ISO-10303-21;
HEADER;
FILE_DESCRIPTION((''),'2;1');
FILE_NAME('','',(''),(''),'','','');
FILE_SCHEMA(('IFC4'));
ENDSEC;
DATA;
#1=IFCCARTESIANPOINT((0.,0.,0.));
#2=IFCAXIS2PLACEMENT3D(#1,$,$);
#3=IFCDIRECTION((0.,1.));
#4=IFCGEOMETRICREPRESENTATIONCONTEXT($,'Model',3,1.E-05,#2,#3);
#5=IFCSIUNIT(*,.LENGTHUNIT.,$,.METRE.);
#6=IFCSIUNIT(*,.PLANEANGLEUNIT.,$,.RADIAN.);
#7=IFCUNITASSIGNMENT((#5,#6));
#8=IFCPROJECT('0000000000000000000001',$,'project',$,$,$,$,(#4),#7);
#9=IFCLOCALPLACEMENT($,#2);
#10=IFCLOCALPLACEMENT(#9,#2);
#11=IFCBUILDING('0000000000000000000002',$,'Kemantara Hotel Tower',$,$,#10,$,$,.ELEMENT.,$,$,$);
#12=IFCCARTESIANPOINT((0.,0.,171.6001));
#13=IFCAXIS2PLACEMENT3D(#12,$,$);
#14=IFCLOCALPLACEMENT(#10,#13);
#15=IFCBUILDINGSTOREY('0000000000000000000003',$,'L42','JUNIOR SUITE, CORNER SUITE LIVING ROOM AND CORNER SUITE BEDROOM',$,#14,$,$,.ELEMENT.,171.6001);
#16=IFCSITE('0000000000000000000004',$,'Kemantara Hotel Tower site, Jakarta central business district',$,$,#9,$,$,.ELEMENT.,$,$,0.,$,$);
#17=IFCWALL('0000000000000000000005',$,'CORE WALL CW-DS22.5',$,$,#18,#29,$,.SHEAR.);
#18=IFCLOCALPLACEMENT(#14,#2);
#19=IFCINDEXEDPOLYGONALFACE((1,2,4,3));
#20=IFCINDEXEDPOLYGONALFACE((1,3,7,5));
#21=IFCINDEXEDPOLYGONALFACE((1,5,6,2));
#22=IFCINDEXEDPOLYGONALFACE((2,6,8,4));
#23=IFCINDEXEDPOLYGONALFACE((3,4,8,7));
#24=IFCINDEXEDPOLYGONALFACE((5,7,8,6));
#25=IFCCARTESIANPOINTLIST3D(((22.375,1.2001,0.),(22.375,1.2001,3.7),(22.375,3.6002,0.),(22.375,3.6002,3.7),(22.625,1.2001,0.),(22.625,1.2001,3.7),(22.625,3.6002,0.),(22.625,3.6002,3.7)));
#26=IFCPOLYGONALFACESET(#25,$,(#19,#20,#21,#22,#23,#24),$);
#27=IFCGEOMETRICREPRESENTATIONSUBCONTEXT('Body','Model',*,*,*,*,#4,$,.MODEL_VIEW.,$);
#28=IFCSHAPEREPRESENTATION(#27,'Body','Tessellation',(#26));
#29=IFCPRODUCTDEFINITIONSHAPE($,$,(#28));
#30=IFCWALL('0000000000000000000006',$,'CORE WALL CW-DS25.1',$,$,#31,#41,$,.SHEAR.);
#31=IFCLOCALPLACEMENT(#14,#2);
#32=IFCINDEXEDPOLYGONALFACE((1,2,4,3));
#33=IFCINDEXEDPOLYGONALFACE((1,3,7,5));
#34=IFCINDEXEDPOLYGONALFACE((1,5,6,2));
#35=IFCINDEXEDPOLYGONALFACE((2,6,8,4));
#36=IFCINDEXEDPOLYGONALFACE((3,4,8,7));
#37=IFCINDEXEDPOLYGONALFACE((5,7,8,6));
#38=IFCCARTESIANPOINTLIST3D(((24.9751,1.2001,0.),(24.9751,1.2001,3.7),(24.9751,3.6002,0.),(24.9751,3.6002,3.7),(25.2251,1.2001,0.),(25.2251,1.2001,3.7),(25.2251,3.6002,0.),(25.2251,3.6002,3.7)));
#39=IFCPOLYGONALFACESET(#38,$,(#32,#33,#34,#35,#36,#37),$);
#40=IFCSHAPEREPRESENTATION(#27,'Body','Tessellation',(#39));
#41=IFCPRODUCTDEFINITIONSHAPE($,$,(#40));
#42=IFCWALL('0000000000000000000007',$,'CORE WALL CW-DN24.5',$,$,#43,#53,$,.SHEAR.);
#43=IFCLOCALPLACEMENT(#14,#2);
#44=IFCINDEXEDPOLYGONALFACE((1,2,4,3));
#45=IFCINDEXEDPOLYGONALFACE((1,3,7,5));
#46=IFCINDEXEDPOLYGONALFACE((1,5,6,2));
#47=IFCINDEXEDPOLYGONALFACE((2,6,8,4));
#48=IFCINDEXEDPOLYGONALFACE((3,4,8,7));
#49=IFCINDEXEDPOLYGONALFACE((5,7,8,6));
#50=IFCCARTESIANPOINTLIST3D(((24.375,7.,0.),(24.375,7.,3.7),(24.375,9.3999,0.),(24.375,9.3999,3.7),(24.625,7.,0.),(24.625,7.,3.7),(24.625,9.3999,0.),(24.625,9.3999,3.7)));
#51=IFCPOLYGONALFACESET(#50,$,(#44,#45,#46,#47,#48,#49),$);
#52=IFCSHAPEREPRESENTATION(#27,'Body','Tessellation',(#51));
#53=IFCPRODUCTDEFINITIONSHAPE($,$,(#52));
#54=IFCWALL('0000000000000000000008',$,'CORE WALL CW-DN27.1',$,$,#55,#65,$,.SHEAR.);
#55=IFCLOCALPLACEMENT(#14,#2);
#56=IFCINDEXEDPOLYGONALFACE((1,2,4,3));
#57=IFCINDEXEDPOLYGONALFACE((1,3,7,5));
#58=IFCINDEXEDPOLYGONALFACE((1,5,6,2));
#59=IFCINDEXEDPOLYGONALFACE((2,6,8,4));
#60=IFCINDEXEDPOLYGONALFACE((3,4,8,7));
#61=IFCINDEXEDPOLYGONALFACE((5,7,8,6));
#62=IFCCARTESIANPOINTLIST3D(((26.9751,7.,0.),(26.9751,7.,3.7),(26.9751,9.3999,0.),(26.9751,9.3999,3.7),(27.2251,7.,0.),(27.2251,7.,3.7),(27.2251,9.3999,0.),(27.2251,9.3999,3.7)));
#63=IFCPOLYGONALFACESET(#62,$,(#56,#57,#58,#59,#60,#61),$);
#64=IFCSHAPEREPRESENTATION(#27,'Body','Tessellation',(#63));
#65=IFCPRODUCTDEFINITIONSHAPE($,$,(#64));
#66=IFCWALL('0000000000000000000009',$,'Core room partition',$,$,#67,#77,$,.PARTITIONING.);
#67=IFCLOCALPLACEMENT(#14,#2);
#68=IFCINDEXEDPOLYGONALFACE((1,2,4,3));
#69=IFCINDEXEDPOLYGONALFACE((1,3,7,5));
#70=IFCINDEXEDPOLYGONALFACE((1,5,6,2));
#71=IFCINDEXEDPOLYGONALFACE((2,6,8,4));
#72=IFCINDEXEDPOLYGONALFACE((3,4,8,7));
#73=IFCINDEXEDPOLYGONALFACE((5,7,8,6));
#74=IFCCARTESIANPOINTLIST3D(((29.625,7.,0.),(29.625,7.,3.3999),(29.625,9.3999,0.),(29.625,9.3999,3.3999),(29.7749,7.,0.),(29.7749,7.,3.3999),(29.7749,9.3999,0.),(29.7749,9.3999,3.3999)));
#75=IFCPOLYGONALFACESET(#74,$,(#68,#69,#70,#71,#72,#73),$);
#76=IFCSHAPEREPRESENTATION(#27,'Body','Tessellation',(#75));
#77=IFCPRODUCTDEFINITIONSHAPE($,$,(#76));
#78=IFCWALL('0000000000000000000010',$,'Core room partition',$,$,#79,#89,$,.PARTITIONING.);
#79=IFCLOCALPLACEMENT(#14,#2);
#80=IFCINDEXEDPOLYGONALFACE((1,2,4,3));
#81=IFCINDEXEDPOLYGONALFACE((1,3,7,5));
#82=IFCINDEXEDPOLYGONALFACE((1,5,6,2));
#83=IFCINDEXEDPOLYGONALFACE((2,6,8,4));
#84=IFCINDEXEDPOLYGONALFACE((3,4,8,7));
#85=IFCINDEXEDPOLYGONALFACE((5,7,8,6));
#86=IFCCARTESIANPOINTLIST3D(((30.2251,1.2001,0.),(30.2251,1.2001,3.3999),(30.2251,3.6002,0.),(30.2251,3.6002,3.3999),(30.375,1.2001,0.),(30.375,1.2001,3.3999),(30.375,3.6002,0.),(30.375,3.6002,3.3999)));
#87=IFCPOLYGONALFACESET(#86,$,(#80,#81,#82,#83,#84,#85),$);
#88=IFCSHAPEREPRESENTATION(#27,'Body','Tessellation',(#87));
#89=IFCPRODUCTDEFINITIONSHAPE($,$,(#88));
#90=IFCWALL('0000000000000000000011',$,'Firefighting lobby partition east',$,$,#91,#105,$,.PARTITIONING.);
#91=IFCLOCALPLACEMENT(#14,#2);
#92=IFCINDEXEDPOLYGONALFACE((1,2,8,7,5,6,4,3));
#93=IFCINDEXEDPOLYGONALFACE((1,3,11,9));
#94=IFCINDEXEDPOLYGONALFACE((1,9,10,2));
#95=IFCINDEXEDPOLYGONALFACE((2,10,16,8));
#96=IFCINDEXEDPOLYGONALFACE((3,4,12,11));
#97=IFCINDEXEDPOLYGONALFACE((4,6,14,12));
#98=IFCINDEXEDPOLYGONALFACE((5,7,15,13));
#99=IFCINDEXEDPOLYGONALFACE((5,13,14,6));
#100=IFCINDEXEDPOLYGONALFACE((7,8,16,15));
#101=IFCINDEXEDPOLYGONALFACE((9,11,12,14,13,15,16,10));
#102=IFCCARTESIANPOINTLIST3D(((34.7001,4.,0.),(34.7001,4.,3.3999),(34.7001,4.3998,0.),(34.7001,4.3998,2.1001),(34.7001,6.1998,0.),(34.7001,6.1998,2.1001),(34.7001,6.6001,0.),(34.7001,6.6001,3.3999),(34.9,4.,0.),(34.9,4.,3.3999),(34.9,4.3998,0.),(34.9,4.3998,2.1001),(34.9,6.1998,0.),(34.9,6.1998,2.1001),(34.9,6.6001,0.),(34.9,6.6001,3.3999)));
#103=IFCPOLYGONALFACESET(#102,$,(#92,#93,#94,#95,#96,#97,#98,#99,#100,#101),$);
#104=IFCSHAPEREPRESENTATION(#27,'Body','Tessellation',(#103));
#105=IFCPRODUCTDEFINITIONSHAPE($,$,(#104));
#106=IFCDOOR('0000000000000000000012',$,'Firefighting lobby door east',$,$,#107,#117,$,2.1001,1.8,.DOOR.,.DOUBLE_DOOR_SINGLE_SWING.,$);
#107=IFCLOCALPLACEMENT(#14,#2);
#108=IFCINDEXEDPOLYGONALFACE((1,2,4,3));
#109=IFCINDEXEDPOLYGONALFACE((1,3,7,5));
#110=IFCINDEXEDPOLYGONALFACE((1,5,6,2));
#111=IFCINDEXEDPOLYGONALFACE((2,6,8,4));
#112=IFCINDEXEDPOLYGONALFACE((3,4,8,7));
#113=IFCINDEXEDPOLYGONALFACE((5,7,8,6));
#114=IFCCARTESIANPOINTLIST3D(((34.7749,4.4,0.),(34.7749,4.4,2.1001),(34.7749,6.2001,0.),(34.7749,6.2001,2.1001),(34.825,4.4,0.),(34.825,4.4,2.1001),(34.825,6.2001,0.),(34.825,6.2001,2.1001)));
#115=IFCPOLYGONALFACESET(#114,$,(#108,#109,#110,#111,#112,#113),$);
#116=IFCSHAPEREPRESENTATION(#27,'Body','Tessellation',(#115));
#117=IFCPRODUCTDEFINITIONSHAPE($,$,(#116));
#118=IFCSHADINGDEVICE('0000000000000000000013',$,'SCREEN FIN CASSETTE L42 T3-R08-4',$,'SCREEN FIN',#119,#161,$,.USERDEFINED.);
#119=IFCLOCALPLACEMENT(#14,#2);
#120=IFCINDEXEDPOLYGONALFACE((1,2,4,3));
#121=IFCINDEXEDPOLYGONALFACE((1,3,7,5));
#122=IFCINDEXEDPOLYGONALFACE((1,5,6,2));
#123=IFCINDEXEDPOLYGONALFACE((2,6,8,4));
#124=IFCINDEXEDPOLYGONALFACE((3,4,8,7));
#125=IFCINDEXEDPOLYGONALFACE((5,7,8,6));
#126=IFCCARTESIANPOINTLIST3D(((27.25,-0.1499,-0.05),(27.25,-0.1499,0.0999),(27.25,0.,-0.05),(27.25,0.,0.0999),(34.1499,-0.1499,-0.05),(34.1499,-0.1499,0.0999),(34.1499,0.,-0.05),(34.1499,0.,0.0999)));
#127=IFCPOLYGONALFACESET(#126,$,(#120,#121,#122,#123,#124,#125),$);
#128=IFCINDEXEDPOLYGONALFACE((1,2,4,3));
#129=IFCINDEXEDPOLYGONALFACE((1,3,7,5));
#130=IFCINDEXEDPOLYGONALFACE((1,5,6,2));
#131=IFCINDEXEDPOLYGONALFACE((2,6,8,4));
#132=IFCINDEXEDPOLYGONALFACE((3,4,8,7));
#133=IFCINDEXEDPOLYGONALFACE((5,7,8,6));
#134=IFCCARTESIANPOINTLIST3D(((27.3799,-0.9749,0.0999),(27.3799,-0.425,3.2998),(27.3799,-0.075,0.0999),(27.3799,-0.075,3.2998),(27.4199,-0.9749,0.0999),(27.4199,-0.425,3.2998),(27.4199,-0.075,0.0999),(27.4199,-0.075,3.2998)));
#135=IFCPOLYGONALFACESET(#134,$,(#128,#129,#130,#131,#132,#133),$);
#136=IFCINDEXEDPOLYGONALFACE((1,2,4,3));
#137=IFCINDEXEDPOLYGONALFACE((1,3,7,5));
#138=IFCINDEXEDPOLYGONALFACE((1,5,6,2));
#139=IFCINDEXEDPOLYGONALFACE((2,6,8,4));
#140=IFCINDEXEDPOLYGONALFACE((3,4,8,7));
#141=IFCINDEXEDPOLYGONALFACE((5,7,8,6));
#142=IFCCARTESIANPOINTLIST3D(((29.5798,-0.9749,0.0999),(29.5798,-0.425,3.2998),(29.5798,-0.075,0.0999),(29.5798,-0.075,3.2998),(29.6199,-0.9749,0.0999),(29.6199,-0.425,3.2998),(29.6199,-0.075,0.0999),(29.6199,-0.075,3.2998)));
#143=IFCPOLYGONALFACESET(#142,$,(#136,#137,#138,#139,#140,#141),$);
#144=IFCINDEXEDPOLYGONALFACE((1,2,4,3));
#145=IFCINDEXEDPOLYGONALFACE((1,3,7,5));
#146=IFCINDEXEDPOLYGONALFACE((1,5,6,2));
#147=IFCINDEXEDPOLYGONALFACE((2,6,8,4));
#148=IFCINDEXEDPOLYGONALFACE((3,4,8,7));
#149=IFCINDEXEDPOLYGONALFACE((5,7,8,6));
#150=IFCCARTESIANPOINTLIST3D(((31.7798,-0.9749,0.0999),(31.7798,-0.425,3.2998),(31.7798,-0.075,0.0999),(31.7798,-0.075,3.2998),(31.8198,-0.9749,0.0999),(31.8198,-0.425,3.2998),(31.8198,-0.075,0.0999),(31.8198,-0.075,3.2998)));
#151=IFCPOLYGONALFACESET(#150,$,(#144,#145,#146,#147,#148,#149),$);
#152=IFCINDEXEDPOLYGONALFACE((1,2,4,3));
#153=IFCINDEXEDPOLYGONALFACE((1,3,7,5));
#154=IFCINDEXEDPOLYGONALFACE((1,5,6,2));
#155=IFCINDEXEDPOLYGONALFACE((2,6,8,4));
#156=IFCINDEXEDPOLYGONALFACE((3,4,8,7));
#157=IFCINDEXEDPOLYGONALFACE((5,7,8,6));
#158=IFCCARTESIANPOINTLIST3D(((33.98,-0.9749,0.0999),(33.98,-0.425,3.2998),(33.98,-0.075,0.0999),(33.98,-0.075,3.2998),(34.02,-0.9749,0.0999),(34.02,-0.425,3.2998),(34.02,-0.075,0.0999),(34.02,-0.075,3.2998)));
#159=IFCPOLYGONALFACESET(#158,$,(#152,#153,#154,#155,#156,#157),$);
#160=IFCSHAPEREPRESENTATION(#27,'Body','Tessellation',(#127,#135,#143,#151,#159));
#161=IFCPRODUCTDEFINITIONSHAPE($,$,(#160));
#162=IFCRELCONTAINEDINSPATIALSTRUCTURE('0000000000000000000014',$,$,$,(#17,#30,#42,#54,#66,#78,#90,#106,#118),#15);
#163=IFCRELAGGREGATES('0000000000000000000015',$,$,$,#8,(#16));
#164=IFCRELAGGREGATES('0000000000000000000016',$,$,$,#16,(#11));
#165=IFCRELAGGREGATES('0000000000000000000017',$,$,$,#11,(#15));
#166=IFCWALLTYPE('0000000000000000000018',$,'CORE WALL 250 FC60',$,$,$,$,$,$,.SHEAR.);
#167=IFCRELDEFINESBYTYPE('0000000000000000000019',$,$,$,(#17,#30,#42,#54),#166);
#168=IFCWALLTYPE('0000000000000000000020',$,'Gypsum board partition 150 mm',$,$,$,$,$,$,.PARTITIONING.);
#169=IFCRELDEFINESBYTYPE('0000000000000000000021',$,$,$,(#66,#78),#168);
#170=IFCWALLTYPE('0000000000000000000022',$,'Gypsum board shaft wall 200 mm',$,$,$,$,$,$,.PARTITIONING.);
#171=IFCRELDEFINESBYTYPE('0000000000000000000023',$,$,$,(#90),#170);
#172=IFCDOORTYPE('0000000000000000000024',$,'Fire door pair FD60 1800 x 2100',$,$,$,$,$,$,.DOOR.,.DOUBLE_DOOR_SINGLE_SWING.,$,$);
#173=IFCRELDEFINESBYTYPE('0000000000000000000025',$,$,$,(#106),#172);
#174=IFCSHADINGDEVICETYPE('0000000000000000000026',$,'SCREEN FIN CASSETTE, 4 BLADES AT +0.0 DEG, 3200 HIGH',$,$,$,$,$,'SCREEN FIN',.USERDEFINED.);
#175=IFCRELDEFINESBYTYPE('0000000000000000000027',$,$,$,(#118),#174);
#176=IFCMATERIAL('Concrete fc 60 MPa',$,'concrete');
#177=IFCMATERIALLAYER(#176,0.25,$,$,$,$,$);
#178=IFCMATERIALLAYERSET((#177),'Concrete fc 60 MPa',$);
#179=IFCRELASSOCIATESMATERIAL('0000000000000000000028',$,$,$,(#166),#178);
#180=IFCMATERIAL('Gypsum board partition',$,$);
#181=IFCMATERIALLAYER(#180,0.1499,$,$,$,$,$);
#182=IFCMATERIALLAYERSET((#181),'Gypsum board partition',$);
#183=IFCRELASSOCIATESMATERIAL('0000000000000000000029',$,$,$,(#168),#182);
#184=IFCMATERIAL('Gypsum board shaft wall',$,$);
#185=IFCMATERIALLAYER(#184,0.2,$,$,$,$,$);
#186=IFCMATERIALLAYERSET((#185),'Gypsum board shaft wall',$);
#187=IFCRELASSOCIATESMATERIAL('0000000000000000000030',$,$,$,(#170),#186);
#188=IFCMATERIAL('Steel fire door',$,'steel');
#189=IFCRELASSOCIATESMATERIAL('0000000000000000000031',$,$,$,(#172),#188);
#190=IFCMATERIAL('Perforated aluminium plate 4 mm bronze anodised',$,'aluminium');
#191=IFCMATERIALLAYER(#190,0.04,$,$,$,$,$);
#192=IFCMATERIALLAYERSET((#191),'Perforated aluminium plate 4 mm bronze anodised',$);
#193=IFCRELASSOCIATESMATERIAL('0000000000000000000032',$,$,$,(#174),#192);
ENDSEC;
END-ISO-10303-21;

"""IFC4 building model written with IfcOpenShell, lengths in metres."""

from ifc_helpers import new_model, si_unit, direction, frame, frame_2d, origin, origin_2d, place, context, subcontext, project, spatial, polyline, rectangle, outline, extrude, source, transform, mapped, material, layer, layer_set, type_object, element, fill, save


model = new_model("IFC4")

# Units and contexts
model_context = context("Model", 3, precision=1e-05, world=origin(), true_north=direction((0.0, 1.0)))
body_context = subcontext(model_context, "Body", "Model", "MODEL_VIEW")
ifc_project = project(units=[si_unit("LENGTHUNIT", "METRE"), si_unit("PLANEANGLEUNIT", "RADIAN")], contexts=[model_context])

# Site, building, storey
site_placement = place(None, origin())
site = spatial("IfcSite", under=ifc_project, at=site_placement, Name="Kemantara Hotel Tower site, Jakarta central business district", CompositionType="ELEMENT", RefElevation=0.0)
building_placement = place(site_placement, origin())
building = spatial("IfcBuilding", under=site, at=building_placement, Name="Kemantara Hotel Tower", CompositionType="ELEMENT")
storey_placement = place(building_placement, frame((0.0, 0.0, 171.6001)))
storey = spatial("IfcBuildingStorey", under=building, at=storey_placement, Name="L42", Description="JUNIOR SUITE, CORNER SUITE LIVING ROOM AND CORNER SUITE BEDROOM", CompositionType="ELEMENT", Elevation=171.6001)

# Walls
ifc_material_1 = material(Name="Concrete fc 60 MPa", Category="concrete")
ifc_layer_1 = layer(ifc_material_1, 0.25)
ifc_layer_set_1 = layer_set([ifc_layer_1], Name="Concrete fc 60 MPa")
wall_type_1 = type_object("IfcWallType", Name="CORE WALL 250 FC60", PredefinedType="SHEAR", material=ifc_layer_set_1)
for number, where, z_axis, x_axis, name in (
    (1, (22.5, 1.2, 0.0), (0.0, 0.0, 1.0), (0.0, 1.0, 0.0), "CORE WALL CW-DS22.5"),
    (2, (25.1001, 1.2, 0.0), (0.0, 0.0, 1.0), (0.0, 1.0, 0.0), "CORE WALL CW-DS25.1"),
):
    element("IfcWall", number, at=place(storey_placement, frame(where, z_axis=z_axis, x_axis=x_axis)), inside=storey, type_object=wall_type_1, Name=name, PredefinedType="SHEAR", context=body_context, shape_type="SweptSolid", body=[
        extrude(rectangle(XDim=2.4001, YDim=0.25, at=frame_2d((1.2002, 0.0))), origin(), (0.0, 0.0, 1.0), 3.7),
    ])
for number, where, z_axis, x_axis, name in (
    (3, (24.5, 7.0, 0.0), (0.0, 0.0, 1.0), (0.0, 1.0, 0.0), "CORE WALL CW-DN24.5"),
    (4, (27.1001, 7.0, 0.0), (0.0, 0.0, 1.0), (0.0, 1.0, 0.0), "CORE WALL CW-DN27.1"),
):
    element("IfcWall", number, at=place(storey_placement, frame(where, z_axis=z_axis, x_axis=x_axis)), inside=storey, type_object=wall_type_1, Name=name, PredefinedType="SHEAR", context=body_context, shape_type="SweptSolid", body=[
        extrude(rectangle(XDim=2.3999, YDim=0.25, at=frame_2d((1.2, 0.0))), origin(), (0.0, 0.0, 1.0), 3.7),
    ])
ifc_material_2 = material(Name="Gypsum board partition")
ifc_layer_2 = layer(ifc_material_2, 0.1499)
ifc_layer_set_2 = layer_set([ifc_layer_2], Name="Gypsum board partition")
wall_type_2 = type_object("IfcWallType", Name="Gypsum board partition 150 mm", PredefinedType="PARTITIONING", material=ifc_layer_set_2)
wall_1_placement = place(storey_placement, frame((29.7, 7.0, 0.0), z_axis=(0.0, 0.0, 1.0), x_axis=(0.0, 1.0, 0.0)))
element("IfcWall", 5, at=wall_1_placement, inside=storey, type_object=wall_type_2, Name="Core room partition", PredefinedType="PARTITIONING", context=body_context, shape_type="SweptSolid", body=[
    extrude(rectangle(XDim=2.3999, YDim=0.1499, at=frame_2d((1.2, 0.0))), origin(), (0.0, 0.0, 1.0), 3.3999),
])
wall_2_placement = place(storey_placement, frame((30.3, 1.2, 0.0), z_axis=(0.0, 0.0, 1.0), x_axis=(0.0, 1.0, 0.0)))
element("IfcWall", 6, at=wall_2_placement, inside=storey, type_object=wall_type_2, Name="Core room partition", PredefinedType="PARTITIONING", context=body_context, shape_type="SweptSolid", body=[
    extrude(rectangle(XDim=2.4001, YDim=0.1499, at=frame_2d((1.2002, 0.0))), origin(), (0.0, 0.0, 1.0), 3.3999),
])

# Wall, opening, door
ifc_material_3 = material(Name="Gypsum board shaft wall")
ifc_layer_3 = layer(ifc_material_3, 0.2)
ifc_layer_set_3 = layer_set([ifc_layer_3], Name="Gypsum board shaft wall")
wall_type_3 = type_object("IfcWallType", Name="Gypsum board shaft wall 200 mm", PredefinedType="PARTITIONING", material=ifc_layer_set_3)
wall_3_placement = place(storey_placement, frame((34.8, 4.0, 0.0), z_axis=(0.0, 0.0, 1.0), x_axis=(0.0, 1.0, 0.0)))
wall_3 = element("IfcWall", 7, at=wall_3_placement, inside=storey, type_object=wall_type_3, Name="Firefighting lobby partition east", PredefinedType="PARTITIONING", context=body_context, shape_type="SweptSolid", body=[
    extrude(rectangle(XDim=2.6001, YDim=0.2, at=frame_2d((1.3, 0.0))), origin(), (0.0, 0.0, 1.0), 3.3999),
])
opening_placement = place(wall_3_placement, frame((0.3999, 0.0, 0.0)))
opening = element("IfcOpeningElement", 8, at=opening_placement, cuts=wall_3, PredefinedType="OPENING", context=body_context, shape_type="SweptSolid", body=[
    extrude(rectangle(XDim=1.8, YDim=2.1001, at=frame_2d((0.8999, 1.05))), frame((0.0, 0.1099, 0.0), z_axis=(0.0, -1.0, 0.0), x_axis=(1.0, 0.0, 0.0)), (0.0, 0.0, 1.0), 0.22),
])
ifc_material_4 = material(Name="Steel fire door", Category="steel")
door_type = type_object("IfcDoorType", Name="Fire door pair FD60 1800 x 2100", OperationType="DOUBLE_DOOR_SINGLE_SWING", PredefinedType="DOOR", material=ifc_material_4)
door_placement = place(opening_placement, frame((1.8, 0.0, 0.0), z_axis=(0.0, 0.0, 1.0), x_axis=(-1.0, 0.0, 0.0)))
door = element("IfcDoor", 9, at=door_placement, inside=storey, type_object=door_type, Name="Firefighting lobby door east", OperationType="DOUBLE_DOOR_SINGLE_SWING", OverallHeight=2.1001, OverallWidth=1.8, PredefinedType="DOOR", context=body_context, shape_type="SweptSolid", body=[
    extrude(rectangle(XDim=1.8, YDim=2.1001, at=frame_2d((0.8999, 1.05))), frame((0.0, 0.0249, 0.0), z_axis=(0.0, -1.0, 0.0), x_axis=(1.0, 0.0, 0.0)), (0.0, 0.0, 1.0), 0.05),
])
fill(opening, door)

# Shading device
ifc_material_5 = material(Name="Perforated aluminium plate 4 mm bronze anodised", Category="aluminium")
ifc_layer_4 = layer(ifc_material_5, 0.04)
ifc_layer_set_4 = layer_set([ifc_layer_4], Name="Perforated aluminium plate 4 mm bronze anodised")
shading_device_type_1 = type_object("IfcShadingDeviceType", Name="SCREEN FIN CASSETTE, 4 BLADES AT +0.0 DEG, 3200 HIGH", ElementType="SCREEN FIN", PredefinedType="USERDEFINED", material=ifc_layer_set_4)
shared_shape_1 = source(origin(), body_context, "Body", "SweptSolid", [
    extrude(rectangle(XDim=6.8999, YDim=0.1499, at=origin_2d()), frame((3.3, -0.075, -0.1499), z_axis=(0.0, 0.0, 1.0), x_axis=(1.0, 0.0, 0.0)), (0.0, 0.0, 1.0), 0.1499),
    extrude(outline(polyline([(0.0, 0.0), (0.8999, 0.0), (0.3501, 3.2), (0.0, 3.2), (0.0, 0.0)])), frame((0.02, -0.075, 0.0), z_axis=(-1.0, 0.0, 0.0), x_axis=(0.0, -1.0, 0.0)), (0.0, 0.0, 1.0), 0.04),
    extrude(outline(polyline([(0.0, 0.0), (0.8999, 0.0), (0.3501, 3.2), (0.0, 3.2), (0.0, 0.0)])), frame((2.22, -0.075, 0.0), z_axis=(-1.0, 0.0, 0.0), x_axis=(0.0, -1.0, 0.0)), (0.0, 0.0, 1.0), 0.04),
    extrude(outline(polyline([(0.0, 0.0), (0.8999, 0.0), (0.3501, 3.2), (0.0, 3.2), (0.0, 0.0)])), frame((4.4199, -0.075, 0.0), z_axis=(-1.0, 0.0, 0.0), x_axis=(0.0, -1.0, 0.0)), (0.0, 0.0, 1.0), 0.04),
    extrude(outline(polyline([(0.0, 0.0), (0.8999, 0.0), (0.3501, 3.2), (0.0, 3.2), (0.0, 0.0)])), frame((6.6201, -0.075, 0.0), z_axis=(-1.0, 0.0, 0.0), x_axis=(0.0, -1.0, 0.0)), (0.0, 0.0, 1.0), 0.04),
])
shading_device_1_placement = place(storey_placement, frame((27.3999, 0.0, 0.0999), z_axis=(0.0, 0.0, 1.0), x_axis=(1.0, 0.0, 0.0)))
element("IfcShadingDevice", 10, at=shading_device_1_placement, inside=storey, type_object=shading_device_type_1, Name="SCREEN FIN CASSETTE L42 T3-R08-4", ObjectType="SCREEN FIN", PredefinedType="USERDEFINED", context=body_context, shape_type="MappedRepresentation", body=[
    mapped(shared_shape_1, transform((0.0, 0.0, 0.0))),
])

save(model, "model.ifc")
